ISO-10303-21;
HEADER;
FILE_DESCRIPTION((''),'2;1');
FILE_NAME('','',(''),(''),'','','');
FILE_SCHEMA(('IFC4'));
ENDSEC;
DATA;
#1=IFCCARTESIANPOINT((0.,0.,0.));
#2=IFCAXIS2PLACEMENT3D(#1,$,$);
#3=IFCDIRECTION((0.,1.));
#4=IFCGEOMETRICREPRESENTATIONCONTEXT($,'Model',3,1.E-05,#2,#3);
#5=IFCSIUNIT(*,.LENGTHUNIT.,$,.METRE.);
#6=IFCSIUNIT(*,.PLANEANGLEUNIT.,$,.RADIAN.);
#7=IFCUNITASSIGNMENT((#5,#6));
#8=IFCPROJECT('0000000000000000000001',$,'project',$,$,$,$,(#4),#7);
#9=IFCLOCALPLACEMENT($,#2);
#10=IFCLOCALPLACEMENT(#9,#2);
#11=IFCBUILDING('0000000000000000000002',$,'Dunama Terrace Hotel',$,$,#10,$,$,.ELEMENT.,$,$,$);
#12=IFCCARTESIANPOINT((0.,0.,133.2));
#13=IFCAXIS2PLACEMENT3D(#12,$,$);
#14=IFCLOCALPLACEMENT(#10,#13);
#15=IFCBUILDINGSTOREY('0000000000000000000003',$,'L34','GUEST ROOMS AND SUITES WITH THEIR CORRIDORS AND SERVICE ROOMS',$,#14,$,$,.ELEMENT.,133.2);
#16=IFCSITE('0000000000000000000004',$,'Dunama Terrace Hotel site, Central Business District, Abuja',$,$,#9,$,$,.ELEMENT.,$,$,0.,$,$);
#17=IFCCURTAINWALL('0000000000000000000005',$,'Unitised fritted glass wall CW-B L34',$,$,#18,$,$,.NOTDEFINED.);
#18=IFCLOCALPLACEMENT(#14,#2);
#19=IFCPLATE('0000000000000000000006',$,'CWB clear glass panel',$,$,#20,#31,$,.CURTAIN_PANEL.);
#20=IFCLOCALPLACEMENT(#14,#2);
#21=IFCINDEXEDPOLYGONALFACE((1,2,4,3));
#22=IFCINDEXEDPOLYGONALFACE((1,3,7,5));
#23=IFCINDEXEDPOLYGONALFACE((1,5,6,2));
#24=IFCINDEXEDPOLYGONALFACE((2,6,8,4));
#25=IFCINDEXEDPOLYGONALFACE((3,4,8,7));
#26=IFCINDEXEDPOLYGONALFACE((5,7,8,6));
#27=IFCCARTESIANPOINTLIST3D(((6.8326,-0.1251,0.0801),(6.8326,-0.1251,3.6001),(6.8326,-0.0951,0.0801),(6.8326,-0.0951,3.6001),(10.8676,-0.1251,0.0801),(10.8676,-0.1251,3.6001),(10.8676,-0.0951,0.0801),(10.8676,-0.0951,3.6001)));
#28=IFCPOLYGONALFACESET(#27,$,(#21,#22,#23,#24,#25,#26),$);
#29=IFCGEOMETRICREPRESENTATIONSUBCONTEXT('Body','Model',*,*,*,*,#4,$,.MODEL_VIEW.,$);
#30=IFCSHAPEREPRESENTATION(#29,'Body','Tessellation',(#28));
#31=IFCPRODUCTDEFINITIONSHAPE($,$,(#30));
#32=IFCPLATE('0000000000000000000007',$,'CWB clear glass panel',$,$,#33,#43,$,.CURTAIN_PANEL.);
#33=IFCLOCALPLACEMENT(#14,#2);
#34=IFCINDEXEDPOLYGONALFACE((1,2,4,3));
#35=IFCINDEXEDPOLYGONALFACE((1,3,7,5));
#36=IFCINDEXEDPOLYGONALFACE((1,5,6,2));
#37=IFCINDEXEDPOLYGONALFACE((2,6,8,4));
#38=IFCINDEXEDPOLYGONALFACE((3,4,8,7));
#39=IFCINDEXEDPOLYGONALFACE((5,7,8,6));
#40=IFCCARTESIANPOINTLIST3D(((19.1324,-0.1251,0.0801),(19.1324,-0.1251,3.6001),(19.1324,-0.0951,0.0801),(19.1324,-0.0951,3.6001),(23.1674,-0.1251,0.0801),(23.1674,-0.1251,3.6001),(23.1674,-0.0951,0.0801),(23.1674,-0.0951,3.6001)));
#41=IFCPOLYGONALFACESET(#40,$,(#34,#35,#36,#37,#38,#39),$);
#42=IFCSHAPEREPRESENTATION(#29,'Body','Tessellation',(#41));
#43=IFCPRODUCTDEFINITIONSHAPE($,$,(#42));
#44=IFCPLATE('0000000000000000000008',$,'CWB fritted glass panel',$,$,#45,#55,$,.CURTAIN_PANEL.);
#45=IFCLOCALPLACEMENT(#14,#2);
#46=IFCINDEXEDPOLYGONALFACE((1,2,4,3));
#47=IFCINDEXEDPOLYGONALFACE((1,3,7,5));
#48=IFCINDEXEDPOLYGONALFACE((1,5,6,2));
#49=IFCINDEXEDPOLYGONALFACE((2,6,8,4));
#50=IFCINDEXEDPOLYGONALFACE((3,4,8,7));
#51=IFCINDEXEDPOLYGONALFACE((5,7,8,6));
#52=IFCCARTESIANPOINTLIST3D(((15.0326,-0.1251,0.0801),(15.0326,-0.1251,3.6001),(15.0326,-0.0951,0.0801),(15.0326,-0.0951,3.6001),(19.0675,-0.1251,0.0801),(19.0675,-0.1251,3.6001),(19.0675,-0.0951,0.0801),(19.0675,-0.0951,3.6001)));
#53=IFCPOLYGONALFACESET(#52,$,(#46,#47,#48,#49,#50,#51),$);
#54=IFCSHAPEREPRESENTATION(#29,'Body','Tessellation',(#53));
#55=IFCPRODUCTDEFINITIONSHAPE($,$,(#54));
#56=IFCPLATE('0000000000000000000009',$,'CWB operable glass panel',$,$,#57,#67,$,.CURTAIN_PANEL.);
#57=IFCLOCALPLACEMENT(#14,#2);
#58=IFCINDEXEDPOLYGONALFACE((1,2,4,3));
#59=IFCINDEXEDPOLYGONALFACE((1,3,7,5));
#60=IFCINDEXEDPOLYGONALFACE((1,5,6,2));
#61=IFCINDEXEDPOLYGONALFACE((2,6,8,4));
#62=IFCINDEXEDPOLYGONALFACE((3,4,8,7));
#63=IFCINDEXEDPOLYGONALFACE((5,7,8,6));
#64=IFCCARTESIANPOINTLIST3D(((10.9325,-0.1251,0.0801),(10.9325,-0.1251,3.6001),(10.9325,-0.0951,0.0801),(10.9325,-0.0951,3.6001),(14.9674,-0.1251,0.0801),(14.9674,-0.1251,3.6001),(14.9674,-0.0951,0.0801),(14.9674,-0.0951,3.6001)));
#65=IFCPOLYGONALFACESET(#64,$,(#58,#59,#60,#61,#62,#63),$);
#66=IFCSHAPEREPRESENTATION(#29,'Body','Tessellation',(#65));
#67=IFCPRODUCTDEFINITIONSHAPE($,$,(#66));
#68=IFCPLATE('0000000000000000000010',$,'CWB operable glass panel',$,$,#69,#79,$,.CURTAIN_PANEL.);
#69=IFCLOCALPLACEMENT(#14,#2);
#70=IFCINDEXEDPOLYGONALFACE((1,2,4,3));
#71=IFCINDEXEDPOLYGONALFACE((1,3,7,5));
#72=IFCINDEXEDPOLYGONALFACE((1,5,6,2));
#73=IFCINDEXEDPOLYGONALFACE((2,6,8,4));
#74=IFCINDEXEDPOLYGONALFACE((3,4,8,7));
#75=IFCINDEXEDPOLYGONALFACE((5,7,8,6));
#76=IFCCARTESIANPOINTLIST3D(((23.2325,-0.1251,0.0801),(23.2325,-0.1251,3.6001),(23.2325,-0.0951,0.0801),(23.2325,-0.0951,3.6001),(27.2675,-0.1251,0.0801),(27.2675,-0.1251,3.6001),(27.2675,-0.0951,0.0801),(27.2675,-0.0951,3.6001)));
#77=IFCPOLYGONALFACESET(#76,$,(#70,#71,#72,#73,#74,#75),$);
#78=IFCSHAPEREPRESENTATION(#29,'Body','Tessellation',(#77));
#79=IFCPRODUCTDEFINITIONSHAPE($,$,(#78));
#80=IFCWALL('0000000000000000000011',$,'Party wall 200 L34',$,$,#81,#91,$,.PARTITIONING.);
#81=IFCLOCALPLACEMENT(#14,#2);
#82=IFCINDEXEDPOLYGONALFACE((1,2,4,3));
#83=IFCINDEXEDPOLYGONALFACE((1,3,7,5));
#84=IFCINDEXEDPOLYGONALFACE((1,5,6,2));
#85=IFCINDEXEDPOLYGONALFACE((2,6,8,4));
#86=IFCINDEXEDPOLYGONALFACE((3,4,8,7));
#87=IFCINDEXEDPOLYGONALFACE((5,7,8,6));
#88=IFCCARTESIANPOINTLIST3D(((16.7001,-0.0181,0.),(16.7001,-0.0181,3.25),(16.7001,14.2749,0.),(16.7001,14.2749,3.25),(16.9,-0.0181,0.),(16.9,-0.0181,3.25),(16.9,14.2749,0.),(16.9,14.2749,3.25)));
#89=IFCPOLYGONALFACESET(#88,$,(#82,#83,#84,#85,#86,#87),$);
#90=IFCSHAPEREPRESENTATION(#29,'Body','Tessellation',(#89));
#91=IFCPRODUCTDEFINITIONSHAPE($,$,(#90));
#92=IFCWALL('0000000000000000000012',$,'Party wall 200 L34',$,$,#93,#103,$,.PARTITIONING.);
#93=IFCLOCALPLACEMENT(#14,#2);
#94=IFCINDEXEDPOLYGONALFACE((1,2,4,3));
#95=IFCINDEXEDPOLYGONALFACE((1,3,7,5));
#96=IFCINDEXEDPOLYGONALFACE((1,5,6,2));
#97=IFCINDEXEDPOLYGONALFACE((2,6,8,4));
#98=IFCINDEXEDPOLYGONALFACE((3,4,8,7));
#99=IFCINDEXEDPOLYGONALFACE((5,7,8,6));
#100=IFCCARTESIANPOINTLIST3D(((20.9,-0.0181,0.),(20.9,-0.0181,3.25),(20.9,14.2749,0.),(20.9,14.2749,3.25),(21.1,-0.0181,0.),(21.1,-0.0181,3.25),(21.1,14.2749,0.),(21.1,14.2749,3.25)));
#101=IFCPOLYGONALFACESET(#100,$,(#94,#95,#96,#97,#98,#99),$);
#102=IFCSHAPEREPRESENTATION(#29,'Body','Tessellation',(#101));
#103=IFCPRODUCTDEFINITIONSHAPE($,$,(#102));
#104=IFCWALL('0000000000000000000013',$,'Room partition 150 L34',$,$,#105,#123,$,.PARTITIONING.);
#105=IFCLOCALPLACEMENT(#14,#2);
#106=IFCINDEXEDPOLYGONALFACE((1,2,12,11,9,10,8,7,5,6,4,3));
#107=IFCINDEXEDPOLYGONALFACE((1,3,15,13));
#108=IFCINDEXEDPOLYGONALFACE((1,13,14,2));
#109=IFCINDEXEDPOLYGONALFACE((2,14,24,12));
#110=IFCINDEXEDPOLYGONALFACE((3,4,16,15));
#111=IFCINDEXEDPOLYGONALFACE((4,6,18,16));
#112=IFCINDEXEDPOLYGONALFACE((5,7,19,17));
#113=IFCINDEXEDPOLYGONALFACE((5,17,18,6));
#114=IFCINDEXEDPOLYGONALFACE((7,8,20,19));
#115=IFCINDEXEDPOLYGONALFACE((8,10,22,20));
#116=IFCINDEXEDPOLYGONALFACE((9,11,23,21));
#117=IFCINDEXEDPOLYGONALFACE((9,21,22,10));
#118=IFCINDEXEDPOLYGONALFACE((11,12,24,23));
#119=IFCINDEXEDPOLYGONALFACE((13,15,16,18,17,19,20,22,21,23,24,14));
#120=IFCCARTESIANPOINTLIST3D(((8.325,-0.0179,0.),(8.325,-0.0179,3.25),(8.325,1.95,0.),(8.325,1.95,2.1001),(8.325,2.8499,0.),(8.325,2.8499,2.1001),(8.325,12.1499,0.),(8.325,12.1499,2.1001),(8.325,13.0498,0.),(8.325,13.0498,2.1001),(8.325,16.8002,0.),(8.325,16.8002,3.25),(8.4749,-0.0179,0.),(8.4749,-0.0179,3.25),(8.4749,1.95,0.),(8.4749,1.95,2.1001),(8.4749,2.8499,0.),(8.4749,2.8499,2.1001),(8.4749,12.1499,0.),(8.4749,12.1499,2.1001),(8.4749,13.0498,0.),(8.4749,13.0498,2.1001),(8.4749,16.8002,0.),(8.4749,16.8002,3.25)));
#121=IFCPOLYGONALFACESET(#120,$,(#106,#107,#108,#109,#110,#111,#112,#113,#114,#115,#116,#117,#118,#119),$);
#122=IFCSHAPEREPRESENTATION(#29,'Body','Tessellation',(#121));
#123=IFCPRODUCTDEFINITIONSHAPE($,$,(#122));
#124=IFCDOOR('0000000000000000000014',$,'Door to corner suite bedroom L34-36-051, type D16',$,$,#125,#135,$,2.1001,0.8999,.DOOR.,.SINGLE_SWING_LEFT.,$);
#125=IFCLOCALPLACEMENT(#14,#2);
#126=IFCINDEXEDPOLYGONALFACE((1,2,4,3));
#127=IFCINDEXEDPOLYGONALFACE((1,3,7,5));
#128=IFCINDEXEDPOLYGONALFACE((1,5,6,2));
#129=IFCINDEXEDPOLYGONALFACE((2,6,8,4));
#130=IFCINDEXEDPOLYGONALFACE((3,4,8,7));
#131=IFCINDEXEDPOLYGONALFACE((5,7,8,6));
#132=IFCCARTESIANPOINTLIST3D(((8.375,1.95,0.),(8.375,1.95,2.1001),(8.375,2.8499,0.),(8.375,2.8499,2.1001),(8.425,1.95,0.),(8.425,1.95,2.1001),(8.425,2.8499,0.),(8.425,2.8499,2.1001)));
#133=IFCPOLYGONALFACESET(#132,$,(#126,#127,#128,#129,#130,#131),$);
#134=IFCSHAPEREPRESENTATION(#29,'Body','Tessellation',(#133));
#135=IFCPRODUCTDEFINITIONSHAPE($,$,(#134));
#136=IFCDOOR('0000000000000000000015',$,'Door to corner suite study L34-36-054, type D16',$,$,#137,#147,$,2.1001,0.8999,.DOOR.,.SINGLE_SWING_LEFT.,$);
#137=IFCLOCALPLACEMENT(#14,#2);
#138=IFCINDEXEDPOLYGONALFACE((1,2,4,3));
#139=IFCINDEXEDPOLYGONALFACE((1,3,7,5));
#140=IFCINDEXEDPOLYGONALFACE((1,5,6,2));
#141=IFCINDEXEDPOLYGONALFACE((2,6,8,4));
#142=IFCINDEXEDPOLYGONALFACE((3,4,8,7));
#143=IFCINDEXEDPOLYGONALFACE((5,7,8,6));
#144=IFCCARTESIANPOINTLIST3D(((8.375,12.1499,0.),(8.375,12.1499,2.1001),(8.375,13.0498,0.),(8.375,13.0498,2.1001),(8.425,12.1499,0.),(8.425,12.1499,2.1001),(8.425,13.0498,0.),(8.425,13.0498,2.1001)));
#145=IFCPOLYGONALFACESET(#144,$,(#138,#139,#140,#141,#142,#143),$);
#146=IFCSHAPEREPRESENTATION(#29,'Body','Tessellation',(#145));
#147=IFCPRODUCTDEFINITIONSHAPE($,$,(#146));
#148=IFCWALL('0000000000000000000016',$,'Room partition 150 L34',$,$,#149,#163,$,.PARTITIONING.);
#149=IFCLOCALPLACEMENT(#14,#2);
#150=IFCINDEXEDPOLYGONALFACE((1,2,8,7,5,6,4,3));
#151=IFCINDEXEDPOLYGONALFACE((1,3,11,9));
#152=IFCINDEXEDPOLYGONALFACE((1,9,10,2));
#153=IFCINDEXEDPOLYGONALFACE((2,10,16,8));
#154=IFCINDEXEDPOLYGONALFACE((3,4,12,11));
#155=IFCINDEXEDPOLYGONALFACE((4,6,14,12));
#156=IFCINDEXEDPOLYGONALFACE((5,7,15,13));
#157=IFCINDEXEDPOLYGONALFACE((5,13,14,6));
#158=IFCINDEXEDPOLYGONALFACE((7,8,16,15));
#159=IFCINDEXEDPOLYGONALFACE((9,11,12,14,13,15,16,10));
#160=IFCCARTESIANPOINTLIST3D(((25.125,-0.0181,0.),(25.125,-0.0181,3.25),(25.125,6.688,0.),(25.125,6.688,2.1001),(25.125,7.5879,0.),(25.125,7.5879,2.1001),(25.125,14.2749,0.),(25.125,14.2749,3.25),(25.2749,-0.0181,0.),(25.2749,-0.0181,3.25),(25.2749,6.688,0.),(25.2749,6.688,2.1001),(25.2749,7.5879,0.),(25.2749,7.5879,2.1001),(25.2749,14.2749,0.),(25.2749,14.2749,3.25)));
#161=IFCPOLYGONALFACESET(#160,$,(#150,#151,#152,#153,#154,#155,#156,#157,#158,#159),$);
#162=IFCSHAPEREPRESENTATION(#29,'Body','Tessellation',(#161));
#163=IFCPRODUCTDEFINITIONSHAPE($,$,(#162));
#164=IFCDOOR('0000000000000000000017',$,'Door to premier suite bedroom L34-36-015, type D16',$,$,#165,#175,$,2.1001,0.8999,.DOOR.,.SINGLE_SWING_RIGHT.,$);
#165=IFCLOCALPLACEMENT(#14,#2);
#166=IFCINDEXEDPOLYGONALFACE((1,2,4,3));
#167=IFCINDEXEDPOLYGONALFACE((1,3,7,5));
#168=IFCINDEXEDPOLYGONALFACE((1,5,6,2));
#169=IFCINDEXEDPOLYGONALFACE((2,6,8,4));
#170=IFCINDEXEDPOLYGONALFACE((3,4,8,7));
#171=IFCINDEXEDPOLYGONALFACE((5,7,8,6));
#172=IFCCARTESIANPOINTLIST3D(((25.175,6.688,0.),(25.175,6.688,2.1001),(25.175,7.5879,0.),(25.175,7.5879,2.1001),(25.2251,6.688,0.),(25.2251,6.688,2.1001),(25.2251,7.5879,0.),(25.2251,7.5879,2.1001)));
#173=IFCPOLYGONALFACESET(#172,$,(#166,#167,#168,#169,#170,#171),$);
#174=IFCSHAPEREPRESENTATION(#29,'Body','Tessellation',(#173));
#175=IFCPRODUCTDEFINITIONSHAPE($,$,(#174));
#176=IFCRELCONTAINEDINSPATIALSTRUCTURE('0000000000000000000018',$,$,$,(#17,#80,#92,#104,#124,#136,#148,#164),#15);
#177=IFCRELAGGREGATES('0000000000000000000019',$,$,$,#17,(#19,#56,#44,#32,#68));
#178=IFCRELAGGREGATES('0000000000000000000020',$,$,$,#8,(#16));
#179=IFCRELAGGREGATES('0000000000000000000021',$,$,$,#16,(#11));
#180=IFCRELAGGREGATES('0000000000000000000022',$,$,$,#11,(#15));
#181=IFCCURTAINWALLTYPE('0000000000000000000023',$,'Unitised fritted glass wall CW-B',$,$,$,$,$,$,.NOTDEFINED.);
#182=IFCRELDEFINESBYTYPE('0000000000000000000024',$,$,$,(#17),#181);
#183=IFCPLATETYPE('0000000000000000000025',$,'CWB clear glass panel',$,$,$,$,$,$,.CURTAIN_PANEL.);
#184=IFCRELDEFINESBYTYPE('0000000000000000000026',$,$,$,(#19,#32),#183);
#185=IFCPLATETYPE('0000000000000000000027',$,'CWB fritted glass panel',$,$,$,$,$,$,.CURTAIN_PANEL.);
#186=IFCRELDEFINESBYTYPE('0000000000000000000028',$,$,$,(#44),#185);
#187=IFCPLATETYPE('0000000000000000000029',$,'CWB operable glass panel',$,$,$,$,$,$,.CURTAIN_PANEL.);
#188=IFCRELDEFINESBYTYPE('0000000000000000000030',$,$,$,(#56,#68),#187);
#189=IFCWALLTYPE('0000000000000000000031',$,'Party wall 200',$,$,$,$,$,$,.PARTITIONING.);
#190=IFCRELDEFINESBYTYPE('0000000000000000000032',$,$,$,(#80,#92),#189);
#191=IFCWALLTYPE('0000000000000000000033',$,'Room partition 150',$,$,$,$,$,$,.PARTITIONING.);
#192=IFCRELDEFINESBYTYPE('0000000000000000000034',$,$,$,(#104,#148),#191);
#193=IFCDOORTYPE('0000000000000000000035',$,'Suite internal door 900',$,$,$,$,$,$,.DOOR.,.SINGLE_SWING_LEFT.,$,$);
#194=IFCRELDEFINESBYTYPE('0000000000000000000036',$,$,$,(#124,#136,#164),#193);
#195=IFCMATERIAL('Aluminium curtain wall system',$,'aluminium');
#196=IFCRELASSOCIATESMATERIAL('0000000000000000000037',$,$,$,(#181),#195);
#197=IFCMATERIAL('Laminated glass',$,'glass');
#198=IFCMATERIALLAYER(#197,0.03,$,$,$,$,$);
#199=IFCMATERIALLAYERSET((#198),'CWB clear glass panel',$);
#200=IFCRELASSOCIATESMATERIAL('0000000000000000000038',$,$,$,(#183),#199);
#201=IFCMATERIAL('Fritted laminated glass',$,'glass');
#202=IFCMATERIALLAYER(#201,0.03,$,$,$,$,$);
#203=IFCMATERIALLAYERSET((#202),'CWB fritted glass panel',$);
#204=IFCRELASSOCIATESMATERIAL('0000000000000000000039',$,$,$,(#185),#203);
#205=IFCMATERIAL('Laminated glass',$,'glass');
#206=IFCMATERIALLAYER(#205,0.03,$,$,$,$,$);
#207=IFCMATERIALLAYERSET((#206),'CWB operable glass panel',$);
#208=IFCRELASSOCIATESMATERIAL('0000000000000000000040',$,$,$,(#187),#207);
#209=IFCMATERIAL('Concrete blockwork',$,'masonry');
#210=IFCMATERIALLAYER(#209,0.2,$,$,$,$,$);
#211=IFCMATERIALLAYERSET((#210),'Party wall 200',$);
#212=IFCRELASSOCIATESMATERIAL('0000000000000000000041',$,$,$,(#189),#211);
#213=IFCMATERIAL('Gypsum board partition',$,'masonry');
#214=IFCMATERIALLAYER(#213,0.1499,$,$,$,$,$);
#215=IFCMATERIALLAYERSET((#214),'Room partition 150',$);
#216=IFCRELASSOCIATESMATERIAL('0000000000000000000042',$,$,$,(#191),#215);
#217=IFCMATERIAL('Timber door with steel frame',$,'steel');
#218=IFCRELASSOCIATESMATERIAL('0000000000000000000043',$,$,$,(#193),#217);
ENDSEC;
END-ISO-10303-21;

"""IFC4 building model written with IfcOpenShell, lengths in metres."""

from ifc_helpers import new_model, si_unit, direction, frame, frame_2d, origin, origin_2d, place, context, subcontext, project, spatial, rectangle, extrude, material, layer, layer_set, type_object, element, fill, aggregate, save


model = new_model("IFC4")

# Units and contexts
model_context = context("Model", 3, precision=1e-05, world=origin(), true_north=direction((0.0, 1.0)))
body_context = subcontext(model_context, "Body", "Model", "MODEL_VIEW")
ifc_project = project(units=[si_unit("LENGTHUNIT", "METRE"), si_unit("PLANEANGLEUNIT", "RADIAN")], contexts=[model_context])

# Site, building, storey
site_placement = place(None, origin())
site = spatial("IfcSite", under=ifc_project, at=site_placement, Name="Dunama Terrace Hotel site, Central Business District, Abuja", CompositionType="ELEMENT", RefElevation=0.0)
building_placement = place(site_placement, origin())
building = spatial("IfcBuilding", under=site, at=building_placement, Name="Dunama Terrace Hotel", CompositionType="ELEMENT")
storey_placement = place(building_placement, frame((0.0, 0.0, 133.2)))
storey = spatial("IfcBuildingStorey", under=building, at=storey_placement, Name="L34", Description="GUEST ROOMS AND SUITES WITH THEIR CORRIDORS AND SERVICE ROOMS", CompositionType="ELEMENT", Elevation=133.2)

# Curtain wall
ifc_material_1 = material(Name="Aluminium curtain wall system", Category="aluminium")
curtain_wall_type = type_object("IfcCurtainWallType", Name="Unitised fritted glass wall CW-B", PredefinedType="NOTDEFINED", material=ifc_material_1)
curtain_wall_placement = place(storey_placement, origin())
curtain_wall = element("IfcCurtainWall", 1, at=curtain_wall_placement, inside=storey, type_object=curtain_wall_type, Name="Unitised fritted glass wall CW-B L34", PredefinedType="NOTDEFINED")

# Plates
ifc_material_2 = material(Name="Laminated glass", Category="glass")
ifc_layer_1 = layer(ifc_material_2, 0.03)
ifc_layer_set_1 = layer_set([ifc_layer_1], Name="CWB clear glass panel")
plate_type_1 = type_object("IfcPlateType", Name="CWB clear glass panel", PredefinedType="CURTAIN_PANEL", material=ifc_layer_set_1)
plate_1_placement = place(storey_placement, frame((8.8501, -0.1101, 0.0801), z_axis=(0.0, 0.0, 1.0), x_axis=(1.0, 0.0, 0.0)))
plate_1 = element("IfcPlate", 2, at=plate_1_placement, type_object=plate_type_1, Name="CWB clear glass panel", PredefinedType="CURTAIN_PANEL", context=body_context, shape_type="SweptSolid", body=[
    extrude(rectangle(XDim=4.0349, YDim=0.03, at=origin_2d()), origin(), (0.0, 0.0, 1.0), 3.52),
])
plate_2_placement = place(storey_placement, frame((21.1499, -0.1101, 0.0801), z_axis=(0.0, 0.0, 1.0), x_axis=(1.0, 0.0, 0.0)))
plate_2 = element("IfcPlate", 3, at=plate_2_placement, type_object=plate_type_1, Name="CWB clear glass panel", PredefinedType="CURTAIN_PANEL", context=body_context, shape_type="SweptSolid", body=[
    extrude(rectangle(XDim=4.0349, YDim=0.03, at=origin_2d()), origin(), (0.0, 0.0, 1.0), 3.52),
])
ifc_material_3 = material(Name="Fritted laminated glass", Category="glass")
ifc_layer_2 = layer(ifc_material_3, 0.03)
ifc_layer_set_2 = layer_set([ifc_layer_2], Name="CWB fritted glass panel")
plate_type_2 = type_object("IfcPlateType", Name="CWB fritted glass panel", PredefinedType="CURTAIN_PANEL", material=ifc_layer_set_2)
plate_3_placement = place(storey_placement, frame((17.05, -0.1101, 0.0801), z_axis=(0.0, 0.0, 1.0), x_axis=(1.0, 0.0, 0.0)))
plate_3 = element("IfcPlate", 4, at=plate_3_placement, type_object=plate_type_2, Name="CWB fritted glass panel", PredefinedType="CURTAIN_PANEL", context=body_context, shape_type="SweptSolid", body=[
    extrude(rectangle(XDim=4.0349, YDim=0.03, at=origin_2d()), origin(), (0.0, 0.0, 1.0), 3.52),
])
ifc_material_4 = material(Name="Laminated glass", Category="glass")
ifc_layer_3 = layer(ifc_material_4, 0.03)
ifc_layer_set_3 = layer_set([ifc_layer_3], Name="CWB operable glass panel")
plate_type_3 = type_object("IfcPlateType", Name="CWB operable glass panel", PredefinedType="CURTAIN_PANEL", material=ifc_layer_set_3)
plate_4_placement = place(storey_placement, frame((12.95, -0.1101, 0.0801), z_axis=(0.0, 0.0, 1.0), x_axis=(1.0, 0.0, 0.0)))
plate_4 = element("IfcPlate", 5, at=plate_4_placement, type_object=plate_type_3, Name="CWB operable glass panel", PredefinedType="CURTAIN_PANEL", context=body_context, shape_type="SweptSolid", body=[
    extrude(rectangle(XDim=4.0349, YDim=0.03, at=origin_2d()), origin(), (0.0, 0.0, 1.0), 3.52),
])
plate_5_placement = place(storey_placement, frame((25.25, -0.1101, 0.0801), z_axis=(0.0, 0.0, 1.0), x_axis=(1.0, 0.0, 0.0)))
plate_5 = element("IfcPlate", 6, at=plate_5_placement, type_object=plate_type_3, Name="CWB operable glass panel", PredefinedType="CURTAIN_PANEL", context=body_context, shape_type="SweptSolid", body=[
    extrude(rectangle(XDim=4.0349, YDim=0.03, at=origin_2d()), origin(), (0.0, 0.0, 1.0), 3.52),
])
aggregate(curtain_wall, [plate_1, plate_4, plate_3, plate_2, plate_5])

# Walls
ifc_material_5 = material(Name="Concrete blockwork", Category="masonry")
ifc_layer_4 = layer(ifc_material_5, 0.2)
ifc_layer_set_4 = layer_set([ifc_layer_4], Name="Party wall 200")
wall_type_1 = type_object("IfcWallType", Name="Party wall 200", PredefinedType="PARTITIONING", material=ifc_layer_set_4)
for number, where, z_axis, x_axis, name in (
    (7, (16.8, -0.0181, 0.0), (0.0, 0.0, 1.0), (0.0, 1.0, 0.0), "Party wall 200 L34"),
    (8, (21.0, -0.0181, 0.0), (0.0, 0.0, 1.0), (0.0, 1.0, 0.0), "Party wall 200 L34"),
):
    element("IfcWall", number, at=place(storey_placement, frame(where, z_axis=z_axis, x_axis=x_axis)), inside=storey, type_object=wall_type_1, Name=name, PredefinedType="PARTITIONING", context=body_context, shape_type="SweptSolid", body=[
        extrude(rectangle(XDim=14.293, YDim=0.2, at=frame_2d((7.1465, 0.0))), origin(), (0.0, 0.0, 1.0), 3.25),
    ])

# Wall, openings, doors
ifc_material_6 = material(Name="Gypsum board partition", Category="masonry")
ifc_layer_5 = layer(ifc_material_6, 0.1499)
ifc_layer_set_5 = layer_set([ifc_layer_5], Name="Room partition 150")
wall_type_2 = type_object("IfcWallType", Name="Room partition 150", PredefinedType="PARTITIONING", material=ifc_layer_set_5)
wall_1_placement = place(storey_placement, frame((8.3999, -0.0181, 0.0), z_axis=(0.0, 0.0, 1.0), x_axis=(0.0, 1.0, 0.0)))
wall_1 = element("IfcWall", 9, at=wall_1_placement, inside=storey, type_object=wall_type_2, Name="Room partition 150 L34", PredefinedType="PARTITIONING", context=body_context, shape_type="SweptSolid", body=[
    extrude(rectangle(XDim=16.8181, YDim=0.1499, at=frame_2d((8.4092, 0.0))), origin(), (0.0, 0.0, 1.0), 3.25),
])
opening_1_placement = place(wall_1_placement, frame((1.968, 0.0, 0.0)))
opening_1 = element("IfcOpeningElement", 10, at=opening_1_placement, cuts=wall_1, PredefinedType="OPENING", context=body_context, shape_type="SweptSolid", body=[
    extrude(rectangle(XDim=0.8999, YDim=2.1001, at=frame_2d((0.45, 1.05))), frame((0.0, 0.085, 0.0), z_axis=(0.0, -1.0, 0.0), x_axis=(1.0, 0.0, 0.0)), (0.0, 0.0, 1.0), 0.1699),
])
opening_2_placement = place(wall_1_placement, frame((12.168, 0.0, 0.0)))
opening_2 = element("IfcOpeningElement", 11, at=opening_2_placement, cuts=wall_1, PredefinedType="OPENING", context=body_context, shape_type="SweptSolid", body=[
    extrude(rectangle(XDim=0.8999, YDim=2.1001, at=frame_2d((0.45, 1.05))), frame((0.0, 0.085, 0.0), z_axis=(0.0, -1.0, 0.0), x_axis=(1.0, 0.0, 0.0)), (0.0, 0.0, 1.0), 0.1699),
])
ifc_material_7 = material(Name="Timber door with steel frame", Category="steel")
door_type = type_object("IfcDoorType", Name="Suite internal door 900", OperationType="SINGLE_SWING_LEFT", PredefinedType="DOOR", material=ifc_material_7)
door_1_placement = place(opening_1_placement, origin())
door_1 = element("IfcDoor", 12, at=door_1_placement, inside=storey, type_object=door_type, Name="Door to corner suite bedroom L34-36-051, type D16", OperationType="SINGLE_SWING_LEFT", OverallHeight=2.1001, OverallWidth=0.8999, PredefinedType="DOOR", context=body_context, shape_type="SweptSolid", body=[
    extrude(rectangle(XDim=0.8999, YDim=2.1001, at=frame_2d((0.45, 1.05))), frame((0.0, 0.0249, 0.0), z_axis=(0.0, -1.0, 0.0), x_axis=(1.0, 0.0, 0.0)), (0.0, 0.0, 1.0), 0.05),
])
fill(opening_1, door_1)
door_2_placement = place(opening_2_placement, origin())
door_2 = element("IfcDoor", 13, at=door_2_placement, inside=storey, type_object=door_type, Name="Door to corner suite study L34-36-054, type D16", OperationType="SINGLE_SWING_LEFT", OverallHeight=2.1001, OverallWidth=0.8999, PredefinedType="DOOR", context=body_context, shape_type="SweptSolid", body=[
    extrude(rectangle(XDim=0.8999, YDim=2.1001, at=frame_2d((0.45, 1.05))), frame((0.0, 0.0249, 0.0), z_axis=(0.0, -1.0, 0.0), x_axis=(1.0, 0.0, 0.0)), (0.0, 0.0, 1.0), 0.05),
])
fill(opening_2, door_2)

# Wall, opening, door
wall_2_placement = place(storey_placement, frame((25.2, -0.0181, 0.0), z_axis=(0.0, 0.0, 1.0), x_axis=(0.0, 1.0, 0.0)))
wall_2 = element("IfcWall", 14, at=wall_2_placement, inside=storey, type_object=wall_type_2, Name="Room partition 150 L34", PredefinedType="PARTITIONING", context=body_context, shape_type="SweptSolid", body=[
    extrude(rectangle(XDim=14.293, YDim=0.1499, at=frame_2d((7.1465, 0.0))), origin(), (0.0, 0.0, 1.0), 3.25),
])
opening_3_placement = place(wall_2_placement, frame((6.7061, 0.0, 0.0)))
opening_3 = element("IfcOpeningElement", 15, at=opening_3_placement, cuts=wall_2, PredefinedType="OPENING", context=body_context, shape_type="SweptSolid", body=[
    extrude(rectangle(XDim=0.8999, YDim=2.1001, at=frame_2d((0.45, 1.05))), frame((0.0, 0.085, 0.0), z_axis=(0.0, -1.0, 0.0), x_axis=(1.0, 0.0, 0.0)), (0.0, 0.0, 1.0), 0.1699),
])
door_3_placement = place(opening_3_placement, frame((0.8999, 0.0, 0.0), z_axis=(0.0, 0.0, 1.0), x_axis=(-1.0, 0.0, 0.0)))
door_3 = element("IfcDoor", 16, at=door_3_placement, inside=storey, type_object=door_type, Name="Door to premier suite bedroom L34-36-015, type D16", OperationType="SINGLE_SWING_RIGHT", OverallHeight=2.1001, OverallWidth=0.8999, PredefinedType="DOOR", context=body_context, shape_type="SweptSolid", body=[
    extrude(rectangle(XDim=0.8999, YDim=2.1001, at=frame_2d((0.45, 1.05))), frame((0.0, 0.0251, 0.0), z_axis=(0.0, -1.0, 0.0), x_axis=(1.0, 0.0, 0.0)), (0.0, 0.0, 1.0), 0.05),
])
fill(opening_3, door_3)

save(model, "model.ifc")
